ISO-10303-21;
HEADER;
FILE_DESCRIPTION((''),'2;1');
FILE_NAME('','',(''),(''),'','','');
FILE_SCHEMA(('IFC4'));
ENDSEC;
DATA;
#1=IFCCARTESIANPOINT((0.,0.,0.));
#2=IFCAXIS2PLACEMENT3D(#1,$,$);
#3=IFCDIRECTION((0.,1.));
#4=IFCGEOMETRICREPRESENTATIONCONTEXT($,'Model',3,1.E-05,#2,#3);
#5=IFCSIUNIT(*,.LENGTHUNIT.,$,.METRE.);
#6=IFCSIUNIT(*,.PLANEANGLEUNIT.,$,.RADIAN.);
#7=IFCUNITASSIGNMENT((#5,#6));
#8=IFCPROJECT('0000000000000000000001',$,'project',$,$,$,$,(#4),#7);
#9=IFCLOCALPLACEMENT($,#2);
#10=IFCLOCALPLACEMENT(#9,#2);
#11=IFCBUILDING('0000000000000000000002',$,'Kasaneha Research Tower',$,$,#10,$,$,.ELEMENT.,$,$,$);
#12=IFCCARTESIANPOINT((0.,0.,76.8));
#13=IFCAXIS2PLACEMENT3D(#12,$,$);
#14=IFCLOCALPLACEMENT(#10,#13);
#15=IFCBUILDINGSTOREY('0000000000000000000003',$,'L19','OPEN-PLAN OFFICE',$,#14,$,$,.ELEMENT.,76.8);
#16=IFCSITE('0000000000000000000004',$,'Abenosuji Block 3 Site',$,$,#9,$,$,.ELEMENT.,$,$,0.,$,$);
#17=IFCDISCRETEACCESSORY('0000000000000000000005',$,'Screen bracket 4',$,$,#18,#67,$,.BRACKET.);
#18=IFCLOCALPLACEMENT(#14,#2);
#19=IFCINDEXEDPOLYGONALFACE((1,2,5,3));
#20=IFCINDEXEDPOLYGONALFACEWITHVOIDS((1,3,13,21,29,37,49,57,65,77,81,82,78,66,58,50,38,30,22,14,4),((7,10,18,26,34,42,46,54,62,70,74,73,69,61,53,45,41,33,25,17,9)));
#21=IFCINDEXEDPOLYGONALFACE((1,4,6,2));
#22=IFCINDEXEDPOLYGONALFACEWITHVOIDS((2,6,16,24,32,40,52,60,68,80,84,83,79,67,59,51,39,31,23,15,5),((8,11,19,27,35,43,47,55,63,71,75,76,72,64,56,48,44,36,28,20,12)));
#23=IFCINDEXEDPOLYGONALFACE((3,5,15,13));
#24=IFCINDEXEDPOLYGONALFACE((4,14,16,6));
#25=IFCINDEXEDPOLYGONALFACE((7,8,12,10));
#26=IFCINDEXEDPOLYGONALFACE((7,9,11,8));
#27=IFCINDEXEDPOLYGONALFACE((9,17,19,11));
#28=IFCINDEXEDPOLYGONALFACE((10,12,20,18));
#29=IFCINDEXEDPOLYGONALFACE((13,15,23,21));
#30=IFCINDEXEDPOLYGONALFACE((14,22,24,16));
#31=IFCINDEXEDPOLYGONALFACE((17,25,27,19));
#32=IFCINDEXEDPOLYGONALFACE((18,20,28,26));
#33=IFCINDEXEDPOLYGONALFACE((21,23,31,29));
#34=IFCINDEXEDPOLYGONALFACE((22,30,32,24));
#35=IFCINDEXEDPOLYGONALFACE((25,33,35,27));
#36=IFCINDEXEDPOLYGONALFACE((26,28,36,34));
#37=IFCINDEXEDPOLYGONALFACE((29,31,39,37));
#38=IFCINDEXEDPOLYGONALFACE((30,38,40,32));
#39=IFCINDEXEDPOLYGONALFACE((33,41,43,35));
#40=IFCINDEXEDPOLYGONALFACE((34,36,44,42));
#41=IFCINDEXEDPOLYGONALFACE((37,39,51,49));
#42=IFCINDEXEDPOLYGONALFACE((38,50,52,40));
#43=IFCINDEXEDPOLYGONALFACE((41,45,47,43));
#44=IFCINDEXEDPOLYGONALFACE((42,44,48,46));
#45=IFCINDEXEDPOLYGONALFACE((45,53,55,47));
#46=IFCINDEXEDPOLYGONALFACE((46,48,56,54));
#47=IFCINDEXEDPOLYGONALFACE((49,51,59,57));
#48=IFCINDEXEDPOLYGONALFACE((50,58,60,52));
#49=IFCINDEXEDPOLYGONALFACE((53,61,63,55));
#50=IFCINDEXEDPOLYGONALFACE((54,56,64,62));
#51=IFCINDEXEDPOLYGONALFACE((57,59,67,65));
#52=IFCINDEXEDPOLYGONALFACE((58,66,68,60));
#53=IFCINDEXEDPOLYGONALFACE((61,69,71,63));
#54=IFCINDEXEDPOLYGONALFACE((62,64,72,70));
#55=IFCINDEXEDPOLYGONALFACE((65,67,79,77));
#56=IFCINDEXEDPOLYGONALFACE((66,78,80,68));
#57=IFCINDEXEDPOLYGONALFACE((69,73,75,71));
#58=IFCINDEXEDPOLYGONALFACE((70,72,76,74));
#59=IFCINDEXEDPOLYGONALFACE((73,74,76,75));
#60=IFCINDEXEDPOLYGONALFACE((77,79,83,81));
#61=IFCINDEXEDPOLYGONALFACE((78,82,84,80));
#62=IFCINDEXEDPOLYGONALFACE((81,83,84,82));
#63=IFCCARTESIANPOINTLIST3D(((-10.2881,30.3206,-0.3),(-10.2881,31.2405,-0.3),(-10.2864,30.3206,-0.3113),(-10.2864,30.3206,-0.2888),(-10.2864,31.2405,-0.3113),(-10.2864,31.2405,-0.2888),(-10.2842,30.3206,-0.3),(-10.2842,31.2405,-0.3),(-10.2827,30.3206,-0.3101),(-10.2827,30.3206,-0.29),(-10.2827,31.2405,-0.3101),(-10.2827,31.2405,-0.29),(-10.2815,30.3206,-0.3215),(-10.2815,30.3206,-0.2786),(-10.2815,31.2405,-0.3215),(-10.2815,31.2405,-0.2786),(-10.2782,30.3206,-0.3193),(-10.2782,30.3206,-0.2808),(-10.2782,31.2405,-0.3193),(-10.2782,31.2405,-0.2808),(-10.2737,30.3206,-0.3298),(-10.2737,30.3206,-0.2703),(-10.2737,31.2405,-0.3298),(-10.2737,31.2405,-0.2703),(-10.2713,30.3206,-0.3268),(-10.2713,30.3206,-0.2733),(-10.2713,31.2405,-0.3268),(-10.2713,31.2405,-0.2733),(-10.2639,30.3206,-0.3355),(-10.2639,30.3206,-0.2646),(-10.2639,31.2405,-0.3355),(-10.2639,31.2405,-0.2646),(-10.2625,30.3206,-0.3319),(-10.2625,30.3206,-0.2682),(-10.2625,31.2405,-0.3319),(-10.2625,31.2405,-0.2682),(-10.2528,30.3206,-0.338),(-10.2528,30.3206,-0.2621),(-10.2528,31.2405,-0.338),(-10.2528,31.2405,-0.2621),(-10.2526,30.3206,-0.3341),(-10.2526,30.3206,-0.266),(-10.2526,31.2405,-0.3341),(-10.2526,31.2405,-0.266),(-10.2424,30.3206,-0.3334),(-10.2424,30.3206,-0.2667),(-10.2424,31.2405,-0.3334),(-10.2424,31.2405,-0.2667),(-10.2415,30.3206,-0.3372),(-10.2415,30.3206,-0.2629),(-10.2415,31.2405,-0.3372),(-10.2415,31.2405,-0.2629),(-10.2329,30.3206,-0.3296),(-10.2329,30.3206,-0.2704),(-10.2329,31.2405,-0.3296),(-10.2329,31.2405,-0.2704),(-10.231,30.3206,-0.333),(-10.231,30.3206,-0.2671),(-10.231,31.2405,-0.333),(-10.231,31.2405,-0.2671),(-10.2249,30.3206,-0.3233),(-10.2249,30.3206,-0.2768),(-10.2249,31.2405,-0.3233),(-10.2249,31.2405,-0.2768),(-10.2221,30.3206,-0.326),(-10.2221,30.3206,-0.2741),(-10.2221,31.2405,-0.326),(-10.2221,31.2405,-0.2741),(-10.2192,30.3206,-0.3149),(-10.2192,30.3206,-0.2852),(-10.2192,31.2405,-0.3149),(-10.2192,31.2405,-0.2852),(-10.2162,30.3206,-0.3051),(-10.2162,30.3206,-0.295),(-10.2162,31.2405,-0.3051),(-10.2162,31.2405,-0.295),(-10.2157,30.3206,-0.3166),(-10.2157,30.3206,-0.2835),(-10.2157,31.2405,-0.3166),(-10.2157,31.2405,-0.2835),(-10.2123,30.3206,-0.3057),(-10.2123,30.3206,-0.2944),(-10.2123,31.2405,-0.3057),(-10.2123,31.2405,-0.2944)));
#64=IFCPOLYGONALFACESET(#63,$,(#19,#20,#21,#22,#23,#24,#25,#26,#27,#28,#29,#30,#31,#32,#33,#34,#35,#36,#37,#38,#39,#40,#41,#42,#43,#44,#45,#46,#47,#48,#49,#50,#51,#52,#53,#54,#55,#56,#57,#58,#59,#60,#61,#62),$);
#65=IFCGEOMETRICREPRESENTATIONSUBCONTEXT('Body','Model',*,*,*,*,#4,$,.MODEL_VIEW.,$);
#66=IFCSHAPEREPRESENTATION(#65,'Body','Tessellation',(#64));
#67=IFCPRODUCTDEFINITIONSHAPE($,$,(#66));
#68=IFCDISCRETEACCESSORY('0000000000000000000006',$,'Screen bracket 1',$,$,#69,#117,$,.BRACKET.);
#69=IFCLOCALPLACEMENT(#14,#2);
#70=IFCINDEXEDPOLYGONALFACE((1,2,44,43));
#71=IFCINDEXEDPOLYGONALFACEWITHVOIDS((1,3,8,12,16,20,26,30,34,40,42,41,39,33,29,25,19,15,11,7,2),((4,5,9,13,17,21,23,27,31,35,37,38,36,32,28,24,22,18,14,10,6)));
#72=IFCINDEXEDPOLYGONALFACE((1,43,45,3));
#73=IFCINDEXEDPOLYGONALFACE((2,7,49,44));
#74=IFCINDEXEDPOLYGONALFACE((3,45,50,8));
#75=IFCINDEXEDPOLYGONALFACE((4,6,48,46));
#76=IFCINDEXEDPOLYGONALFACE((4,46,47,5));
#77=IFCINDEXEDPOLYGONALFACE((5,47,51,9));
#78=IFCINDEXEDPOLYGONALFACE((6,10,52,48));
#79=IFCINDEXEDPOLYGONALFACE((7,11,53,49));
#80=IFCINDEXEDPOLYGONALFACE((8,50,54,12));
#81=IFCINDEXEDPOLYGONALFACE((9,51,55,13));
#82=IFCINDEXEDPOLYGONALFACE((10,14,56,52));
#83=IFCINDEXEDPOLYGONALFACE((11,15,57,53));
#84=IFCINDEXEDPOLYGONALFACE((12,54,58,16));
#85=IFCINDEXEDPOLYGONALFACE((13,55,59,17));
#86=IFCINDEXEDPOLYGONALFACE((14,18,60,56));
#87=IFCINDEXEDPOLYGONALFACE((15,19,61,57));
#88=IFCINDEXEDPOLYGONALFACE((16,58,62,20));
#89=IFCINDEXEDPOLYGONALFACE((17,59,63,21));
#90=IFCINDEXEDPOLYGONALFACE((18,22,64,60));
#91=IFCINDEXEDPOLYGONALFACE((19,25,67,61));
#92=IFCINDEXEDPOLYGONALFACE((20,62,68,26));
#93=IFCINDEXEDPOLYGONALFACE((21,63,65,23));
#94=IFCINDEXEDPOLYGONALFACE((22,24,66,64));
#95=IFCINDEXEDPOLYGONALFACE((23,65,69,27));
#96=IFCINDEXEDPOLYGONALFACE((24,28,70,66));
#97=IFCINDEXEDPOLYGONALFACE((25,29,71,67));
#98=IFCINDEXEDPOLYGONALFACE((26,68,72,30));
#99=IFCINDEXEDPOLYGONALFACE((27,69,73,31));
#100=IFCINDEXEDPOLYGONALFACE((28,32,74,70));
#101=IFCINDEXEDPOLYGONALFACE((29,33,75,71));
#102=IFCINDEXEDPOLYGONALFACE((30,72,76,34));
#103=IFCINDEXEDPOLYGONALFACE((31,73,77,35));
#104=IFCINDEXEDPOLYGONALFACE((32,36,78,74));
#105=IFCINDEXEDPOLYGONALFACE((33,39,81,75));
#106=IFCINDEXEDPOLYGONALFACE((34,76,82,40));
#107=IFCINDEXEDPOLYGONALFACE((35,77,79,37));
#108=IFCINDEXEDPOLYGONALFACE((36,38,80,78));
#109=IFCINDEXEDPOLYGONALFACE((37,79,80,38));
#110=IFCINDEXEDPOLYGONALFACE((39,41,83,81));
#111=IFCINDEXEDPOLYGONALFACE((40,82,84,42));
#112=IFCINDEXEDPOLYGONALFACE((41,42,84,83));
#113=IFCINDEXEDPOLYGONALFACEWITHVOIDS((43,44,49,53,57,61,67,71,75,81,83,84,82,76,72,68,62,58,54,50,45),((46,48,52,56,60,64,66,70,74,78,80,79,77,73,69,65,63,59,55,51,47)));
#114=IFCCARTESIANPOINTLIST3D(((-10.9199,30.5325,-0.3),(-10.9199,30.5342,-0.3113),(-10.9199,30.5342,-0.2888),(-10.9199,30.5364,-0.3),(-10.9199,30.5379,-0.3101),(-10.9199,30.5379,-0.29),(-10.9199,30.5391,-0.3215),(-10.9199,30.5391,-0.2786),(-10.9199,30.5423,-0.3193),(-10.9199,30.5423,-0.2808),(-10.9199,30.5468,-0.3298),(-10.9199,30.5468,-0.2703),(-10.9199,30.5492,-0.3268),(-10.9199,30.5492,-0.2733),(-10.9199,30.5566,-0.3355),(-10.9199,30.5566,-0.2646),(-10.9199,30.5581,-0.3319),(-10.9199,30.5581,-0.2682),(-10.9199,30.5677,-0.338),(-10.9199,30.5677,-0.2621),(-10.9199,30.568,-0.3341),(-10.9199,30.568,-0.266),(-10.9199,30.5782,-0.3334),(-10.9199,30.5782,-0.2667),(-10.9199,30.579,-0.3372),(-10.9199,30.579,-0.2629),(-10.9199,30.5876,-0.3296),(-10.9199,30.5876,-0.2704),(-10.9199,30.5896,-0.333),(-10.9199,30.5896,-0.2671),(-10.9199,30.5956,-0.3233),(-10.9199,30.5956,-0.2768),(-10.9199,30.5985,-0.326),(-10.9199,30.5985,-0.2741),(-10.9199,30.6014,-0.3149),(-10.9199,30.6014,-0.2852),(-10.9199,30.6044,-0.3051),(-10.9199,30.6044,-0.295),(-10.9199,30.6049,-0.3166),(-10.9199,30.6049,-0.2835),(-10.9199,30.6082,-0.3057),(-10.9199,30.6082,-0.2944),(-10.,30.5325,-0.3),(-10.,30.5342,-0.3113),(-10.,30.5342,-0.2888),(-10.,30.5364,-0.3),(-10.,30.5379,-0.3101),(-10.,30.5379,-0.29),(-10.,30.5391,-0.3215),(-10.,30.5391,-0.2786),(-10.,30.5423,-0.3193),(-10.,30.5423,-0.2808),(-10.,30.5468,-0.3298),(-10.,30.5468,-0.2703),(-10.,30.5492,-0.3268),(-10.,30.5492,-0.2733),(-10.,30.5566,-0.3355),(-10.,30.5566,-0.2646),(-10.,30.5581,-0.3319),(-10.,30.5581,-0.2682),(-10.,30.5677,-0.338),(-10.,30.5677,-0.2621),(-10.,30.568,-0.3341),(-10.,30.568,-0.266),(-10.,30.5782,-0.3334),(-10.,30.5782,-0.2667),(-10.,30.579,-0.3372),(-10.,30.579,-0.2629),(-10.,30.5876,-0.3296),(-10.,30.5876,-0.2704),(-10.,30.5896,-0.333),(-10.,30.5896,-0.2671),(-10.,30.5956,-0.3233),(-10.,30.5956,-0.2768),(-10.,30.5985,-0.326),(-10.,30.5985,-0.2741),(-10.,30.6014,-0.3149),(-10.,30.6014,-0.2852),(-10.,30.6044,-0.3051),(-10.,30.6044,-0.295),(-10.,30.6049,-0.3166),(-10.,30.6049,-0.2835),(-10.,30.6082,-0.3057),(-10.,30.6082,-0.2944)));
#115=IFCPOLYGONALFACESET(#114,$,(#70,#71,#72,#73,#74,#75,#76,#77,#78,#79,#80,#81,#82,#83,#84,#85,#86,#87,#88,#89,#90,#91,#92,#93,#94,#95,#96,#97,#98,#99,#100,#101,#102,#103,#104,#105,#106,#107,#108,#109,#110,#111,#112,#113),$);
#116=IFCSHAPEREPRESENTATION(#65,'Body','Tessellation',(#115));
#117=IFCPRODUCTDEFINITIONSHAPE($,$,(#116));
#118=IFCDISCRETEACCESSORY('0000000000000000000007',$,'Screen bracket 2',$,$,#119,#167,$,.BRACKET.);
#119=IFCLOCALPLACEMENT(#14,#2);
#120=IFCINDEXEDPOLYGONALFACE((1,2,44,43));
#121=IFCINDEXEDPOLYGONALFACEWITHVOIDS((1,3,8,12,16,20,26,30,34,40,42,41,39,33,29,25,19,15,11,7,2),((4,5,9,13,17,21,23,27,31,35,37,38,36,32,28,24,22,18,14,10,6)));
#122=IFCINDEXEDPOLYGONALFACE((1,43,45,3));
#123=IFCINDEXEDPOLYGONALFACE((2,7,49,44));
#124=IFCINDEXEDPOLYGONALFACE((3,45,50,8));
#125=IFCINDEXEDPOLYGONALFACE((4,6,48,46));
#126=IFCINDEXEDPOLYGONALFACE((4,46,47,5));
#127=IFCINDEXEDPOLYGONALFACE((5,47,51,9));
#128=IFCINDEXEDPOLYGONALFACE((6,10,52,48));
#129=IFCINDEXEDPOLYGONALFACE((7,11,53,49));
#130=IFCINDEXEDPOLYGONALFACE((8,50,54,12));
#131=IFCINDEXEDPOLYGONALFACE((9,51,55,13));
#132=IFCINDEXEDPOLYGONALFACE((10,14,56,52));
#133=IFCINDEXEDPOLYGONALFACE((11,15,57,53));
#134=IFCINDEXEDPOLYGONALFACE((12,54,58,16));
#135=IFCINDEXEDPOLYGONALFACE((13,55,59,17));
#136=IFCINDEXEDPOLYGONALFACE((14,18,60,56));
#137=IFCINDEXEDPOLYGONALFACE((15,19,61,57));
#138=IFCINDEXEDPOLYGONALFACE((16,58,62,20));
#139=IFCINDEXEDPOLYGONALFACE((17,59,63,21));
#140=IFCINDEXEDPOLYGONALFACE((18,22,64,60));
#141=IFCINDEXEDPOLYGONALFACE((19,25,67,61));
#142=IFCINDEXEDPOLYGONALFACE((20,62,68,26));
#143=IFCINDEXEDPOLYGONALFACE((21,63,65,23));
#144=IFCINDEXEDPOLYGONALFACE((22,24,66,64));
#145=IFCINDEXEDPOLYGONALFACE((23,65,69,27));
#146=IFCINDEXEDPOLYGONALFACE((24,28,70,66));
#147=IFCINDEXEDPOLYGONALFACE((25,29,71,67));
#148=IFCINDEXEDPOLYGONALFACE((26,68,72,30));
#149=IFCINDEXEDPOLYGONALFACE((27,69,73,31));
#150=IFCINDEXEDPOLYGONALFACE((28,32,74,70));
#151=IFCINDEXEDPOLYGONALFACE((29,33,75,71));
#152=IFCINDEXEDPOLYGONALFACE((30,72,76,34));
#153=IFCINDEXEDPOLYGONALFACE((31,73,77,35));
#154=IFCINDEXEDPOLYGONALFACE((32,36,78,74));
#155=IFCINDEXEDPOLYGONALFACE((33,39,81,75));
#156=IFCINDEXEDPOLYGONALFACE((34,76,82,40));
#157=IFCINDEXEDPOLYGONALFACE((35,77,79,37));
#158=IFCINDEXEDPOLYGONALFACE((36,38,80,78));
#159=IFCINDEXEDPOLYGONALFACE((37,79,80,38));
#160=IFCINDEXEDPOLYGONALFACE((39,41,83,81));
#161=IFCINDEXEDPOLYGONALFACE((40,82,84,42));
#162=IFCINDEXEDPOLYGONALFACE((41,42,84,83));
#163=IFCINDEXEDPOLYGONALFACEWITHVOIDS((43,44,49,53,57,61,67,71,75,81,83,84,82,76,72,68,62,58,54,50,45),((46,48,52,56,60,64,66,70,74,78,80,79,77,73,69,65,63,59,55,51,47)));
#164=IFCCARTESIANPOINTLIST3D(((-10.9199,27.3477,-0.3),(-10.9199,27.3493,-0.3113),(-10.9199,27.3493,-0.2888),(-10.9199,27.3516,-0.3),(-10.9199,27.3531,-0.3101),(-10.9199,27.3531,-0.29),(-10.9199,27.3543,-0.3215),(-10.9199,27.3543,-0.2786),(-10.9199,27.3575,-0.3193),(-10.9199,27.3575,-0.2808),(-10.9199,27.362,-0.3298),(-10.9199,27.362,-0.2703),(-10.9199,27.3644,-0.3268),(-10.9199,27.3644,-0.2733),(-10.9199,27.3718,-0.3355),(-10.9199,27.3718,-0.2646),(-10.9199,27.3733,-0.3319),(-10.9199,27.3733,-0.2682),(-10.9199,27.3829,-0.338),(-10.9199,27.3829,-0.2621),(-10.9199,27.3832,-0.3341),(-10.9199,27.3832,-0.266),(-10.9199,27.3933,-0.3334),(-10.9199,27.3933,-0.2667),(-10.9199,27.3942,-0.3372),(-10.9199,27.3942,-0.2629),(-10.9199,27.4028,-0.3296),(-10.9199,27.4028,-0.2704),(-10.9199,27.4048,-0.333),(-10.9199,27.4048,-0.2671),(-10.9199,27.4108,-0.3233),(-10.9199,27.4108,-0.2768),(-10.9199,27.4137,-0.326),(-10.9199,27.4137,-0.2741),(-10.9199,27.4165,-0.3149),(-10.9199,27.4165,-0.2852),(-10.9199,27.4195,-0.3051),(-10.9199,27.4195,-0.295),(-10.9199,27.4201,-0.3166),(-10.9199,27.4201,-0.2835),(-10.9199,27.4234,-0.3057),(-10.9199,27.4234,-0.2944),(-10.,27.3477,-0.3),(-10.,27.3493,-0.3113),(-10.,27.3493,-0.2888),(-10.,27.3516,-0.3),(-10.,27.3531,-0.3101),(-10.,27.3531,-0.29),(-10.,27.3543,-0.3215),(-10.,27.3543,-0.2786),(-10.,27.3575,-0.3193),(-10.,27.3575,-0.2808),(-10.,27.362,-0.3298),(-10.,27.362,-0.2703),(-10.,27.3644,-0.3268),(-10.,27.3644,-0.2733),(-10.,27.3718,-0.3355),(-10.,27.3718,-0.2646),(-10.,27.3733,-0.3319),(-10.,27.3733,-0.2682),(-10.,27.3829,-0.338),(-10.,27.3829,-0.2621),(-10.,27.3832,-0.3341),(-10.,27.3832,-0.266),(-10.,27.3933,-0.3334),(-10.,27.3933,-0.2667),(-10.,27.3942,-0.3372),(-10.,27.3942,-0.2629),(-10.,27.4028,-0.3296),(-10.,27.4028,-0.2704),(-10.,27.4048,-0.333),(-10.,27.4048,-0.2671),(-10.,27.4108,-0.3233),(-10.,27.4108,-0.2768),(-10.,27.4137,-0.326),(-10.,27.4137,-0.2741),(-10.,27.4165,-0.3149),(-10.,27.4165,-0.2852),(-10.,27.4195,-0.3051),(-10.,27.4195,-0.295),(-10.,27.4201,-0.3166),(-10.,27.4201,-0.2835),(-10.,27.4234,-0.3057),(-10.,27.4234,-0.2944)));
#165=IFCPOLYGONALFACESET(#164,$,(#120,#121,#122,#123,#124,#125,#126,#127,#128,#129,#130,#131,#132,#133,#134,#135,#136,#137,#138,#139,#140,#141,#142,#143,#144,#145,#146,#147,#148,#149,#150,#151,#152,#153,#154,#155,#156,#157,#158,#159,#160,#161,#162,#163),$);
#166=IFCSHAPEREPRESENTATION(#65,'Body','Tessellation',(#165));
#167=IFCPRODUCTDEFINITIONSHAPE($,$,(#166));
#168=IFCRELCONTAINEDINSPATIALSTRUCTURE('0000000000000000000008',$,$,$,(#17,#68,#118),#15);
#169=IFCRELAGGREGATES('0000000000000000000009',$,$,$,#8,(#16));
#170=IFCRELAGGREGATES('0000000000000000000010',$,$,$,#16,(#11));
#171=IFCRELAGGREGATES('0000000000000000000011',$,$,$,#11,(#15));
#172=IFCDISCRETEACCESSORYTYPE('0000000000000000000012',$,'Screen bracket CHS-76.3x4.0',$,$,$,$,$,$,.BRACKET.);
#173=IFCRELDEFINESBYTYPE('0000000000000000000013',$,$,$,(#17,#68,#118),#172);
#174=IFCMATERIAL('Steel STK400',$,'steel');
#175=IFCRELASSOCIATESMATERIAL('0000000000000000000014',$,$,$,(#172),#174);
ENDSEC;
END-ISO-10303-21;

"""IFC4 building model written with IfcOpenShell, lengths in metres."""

from ifc_helpers import new_model, si_unit, direction, frame, origin, origin_2d, place, context, subcontext, project, spatial, hollow_circle, extrude, material, material_profile, profile_set, type_object, element, save


model = new_model("IFC4")

# Units and contexts
model_context = context("Model", 3, precision=1e-05, world=origin(), true_north=direction((0.0, 1.0)))
body_context = subcontext(model_context, "Body", "Model", "MODEL_VIEW")
ifc_project = project(units=[si_unit("LENGTHUNIT", "METRE"), si_unit("PLANEANGLEUNIT", "RADIAN")], contexts=[model_context])

# Site, building, storey
site_placement = place(None, origin())
site = spatial("IfcSite", under=ifc_project, at=site_placement, Name="Abenosuji Block 3 Site", CompositionType="ELEMENT", RefElevation=0.0)
building_placement = place(site_placement, origin())
building = spatial("IfcBuilding", under=site, at=building_placement, Name="Kasaneha Research Tower", CompositionType="ELEMENT")
storey_placement = place(building_placement, frame((0.0, 0.0, 76.8)))
storey = spatial("IfcBuildingStorey", under=building, at=storey_placement, Name="L19", Description="OPEN-PLAN OFFICE", CompositionType="ELEMENT", Elevation=76.8)

# Discrete accessories
ifc_material_1 = material(Name="Steel STK400", Category="steel")
ifc_material_profile_1 = material_profile(ifc_material_1, hollow_circle(Radius=0.0381, WallThickness=0.0039, at=origin_2d()), Name="CHS-76.3x4.0")
ifc_profile_set_1 = profile_set([ifc_material_profile_1], Name="Steel STK400")
discrete_accessory_type = type_object("IfcDiscreteAccessoryType", Name="Screen bracket CHS-76.3x4.0", PredefinedType="BRACKET", material=ifc_profile_set_1)
for number, where, z_axis, x_axis, name in (
    (1, (-10.25, 30.3206, -0.3), (0.0, 1.0, 0.0), (-1.0, 0.0, 0.0), "Screen bracket 4"),
    (2, (-10.0, 30.5706, -0.3), (-1.0, 0.0, 0.0), (0.0, -1.0, 0.0), "Screen bracket 1"),
    (3, (-10.0, 27.3857, -0.3), (-1.0, 0.0, 0.0), (0.0, -1.0, 0.0), "Screen bracket 2"),
):
    element("IfcDiscreteAccessory", number, at=place(storey_placement, frame(where, z_axis=z_axis, x_axis=x_axis)), inside=storey, type_object=discrete_accessory_type, Name=name, PredefinedType="BRACKET", context=body_context, shape_type="SweptSolid", body=[
        extrude(hollow_circle(Radius=0.0381, WallThickness=0.0039, at=origin_2d()), origin(), (0.0, 0.0, 1.0), 0.9199),
    ])

save(model, "model.ifc")
